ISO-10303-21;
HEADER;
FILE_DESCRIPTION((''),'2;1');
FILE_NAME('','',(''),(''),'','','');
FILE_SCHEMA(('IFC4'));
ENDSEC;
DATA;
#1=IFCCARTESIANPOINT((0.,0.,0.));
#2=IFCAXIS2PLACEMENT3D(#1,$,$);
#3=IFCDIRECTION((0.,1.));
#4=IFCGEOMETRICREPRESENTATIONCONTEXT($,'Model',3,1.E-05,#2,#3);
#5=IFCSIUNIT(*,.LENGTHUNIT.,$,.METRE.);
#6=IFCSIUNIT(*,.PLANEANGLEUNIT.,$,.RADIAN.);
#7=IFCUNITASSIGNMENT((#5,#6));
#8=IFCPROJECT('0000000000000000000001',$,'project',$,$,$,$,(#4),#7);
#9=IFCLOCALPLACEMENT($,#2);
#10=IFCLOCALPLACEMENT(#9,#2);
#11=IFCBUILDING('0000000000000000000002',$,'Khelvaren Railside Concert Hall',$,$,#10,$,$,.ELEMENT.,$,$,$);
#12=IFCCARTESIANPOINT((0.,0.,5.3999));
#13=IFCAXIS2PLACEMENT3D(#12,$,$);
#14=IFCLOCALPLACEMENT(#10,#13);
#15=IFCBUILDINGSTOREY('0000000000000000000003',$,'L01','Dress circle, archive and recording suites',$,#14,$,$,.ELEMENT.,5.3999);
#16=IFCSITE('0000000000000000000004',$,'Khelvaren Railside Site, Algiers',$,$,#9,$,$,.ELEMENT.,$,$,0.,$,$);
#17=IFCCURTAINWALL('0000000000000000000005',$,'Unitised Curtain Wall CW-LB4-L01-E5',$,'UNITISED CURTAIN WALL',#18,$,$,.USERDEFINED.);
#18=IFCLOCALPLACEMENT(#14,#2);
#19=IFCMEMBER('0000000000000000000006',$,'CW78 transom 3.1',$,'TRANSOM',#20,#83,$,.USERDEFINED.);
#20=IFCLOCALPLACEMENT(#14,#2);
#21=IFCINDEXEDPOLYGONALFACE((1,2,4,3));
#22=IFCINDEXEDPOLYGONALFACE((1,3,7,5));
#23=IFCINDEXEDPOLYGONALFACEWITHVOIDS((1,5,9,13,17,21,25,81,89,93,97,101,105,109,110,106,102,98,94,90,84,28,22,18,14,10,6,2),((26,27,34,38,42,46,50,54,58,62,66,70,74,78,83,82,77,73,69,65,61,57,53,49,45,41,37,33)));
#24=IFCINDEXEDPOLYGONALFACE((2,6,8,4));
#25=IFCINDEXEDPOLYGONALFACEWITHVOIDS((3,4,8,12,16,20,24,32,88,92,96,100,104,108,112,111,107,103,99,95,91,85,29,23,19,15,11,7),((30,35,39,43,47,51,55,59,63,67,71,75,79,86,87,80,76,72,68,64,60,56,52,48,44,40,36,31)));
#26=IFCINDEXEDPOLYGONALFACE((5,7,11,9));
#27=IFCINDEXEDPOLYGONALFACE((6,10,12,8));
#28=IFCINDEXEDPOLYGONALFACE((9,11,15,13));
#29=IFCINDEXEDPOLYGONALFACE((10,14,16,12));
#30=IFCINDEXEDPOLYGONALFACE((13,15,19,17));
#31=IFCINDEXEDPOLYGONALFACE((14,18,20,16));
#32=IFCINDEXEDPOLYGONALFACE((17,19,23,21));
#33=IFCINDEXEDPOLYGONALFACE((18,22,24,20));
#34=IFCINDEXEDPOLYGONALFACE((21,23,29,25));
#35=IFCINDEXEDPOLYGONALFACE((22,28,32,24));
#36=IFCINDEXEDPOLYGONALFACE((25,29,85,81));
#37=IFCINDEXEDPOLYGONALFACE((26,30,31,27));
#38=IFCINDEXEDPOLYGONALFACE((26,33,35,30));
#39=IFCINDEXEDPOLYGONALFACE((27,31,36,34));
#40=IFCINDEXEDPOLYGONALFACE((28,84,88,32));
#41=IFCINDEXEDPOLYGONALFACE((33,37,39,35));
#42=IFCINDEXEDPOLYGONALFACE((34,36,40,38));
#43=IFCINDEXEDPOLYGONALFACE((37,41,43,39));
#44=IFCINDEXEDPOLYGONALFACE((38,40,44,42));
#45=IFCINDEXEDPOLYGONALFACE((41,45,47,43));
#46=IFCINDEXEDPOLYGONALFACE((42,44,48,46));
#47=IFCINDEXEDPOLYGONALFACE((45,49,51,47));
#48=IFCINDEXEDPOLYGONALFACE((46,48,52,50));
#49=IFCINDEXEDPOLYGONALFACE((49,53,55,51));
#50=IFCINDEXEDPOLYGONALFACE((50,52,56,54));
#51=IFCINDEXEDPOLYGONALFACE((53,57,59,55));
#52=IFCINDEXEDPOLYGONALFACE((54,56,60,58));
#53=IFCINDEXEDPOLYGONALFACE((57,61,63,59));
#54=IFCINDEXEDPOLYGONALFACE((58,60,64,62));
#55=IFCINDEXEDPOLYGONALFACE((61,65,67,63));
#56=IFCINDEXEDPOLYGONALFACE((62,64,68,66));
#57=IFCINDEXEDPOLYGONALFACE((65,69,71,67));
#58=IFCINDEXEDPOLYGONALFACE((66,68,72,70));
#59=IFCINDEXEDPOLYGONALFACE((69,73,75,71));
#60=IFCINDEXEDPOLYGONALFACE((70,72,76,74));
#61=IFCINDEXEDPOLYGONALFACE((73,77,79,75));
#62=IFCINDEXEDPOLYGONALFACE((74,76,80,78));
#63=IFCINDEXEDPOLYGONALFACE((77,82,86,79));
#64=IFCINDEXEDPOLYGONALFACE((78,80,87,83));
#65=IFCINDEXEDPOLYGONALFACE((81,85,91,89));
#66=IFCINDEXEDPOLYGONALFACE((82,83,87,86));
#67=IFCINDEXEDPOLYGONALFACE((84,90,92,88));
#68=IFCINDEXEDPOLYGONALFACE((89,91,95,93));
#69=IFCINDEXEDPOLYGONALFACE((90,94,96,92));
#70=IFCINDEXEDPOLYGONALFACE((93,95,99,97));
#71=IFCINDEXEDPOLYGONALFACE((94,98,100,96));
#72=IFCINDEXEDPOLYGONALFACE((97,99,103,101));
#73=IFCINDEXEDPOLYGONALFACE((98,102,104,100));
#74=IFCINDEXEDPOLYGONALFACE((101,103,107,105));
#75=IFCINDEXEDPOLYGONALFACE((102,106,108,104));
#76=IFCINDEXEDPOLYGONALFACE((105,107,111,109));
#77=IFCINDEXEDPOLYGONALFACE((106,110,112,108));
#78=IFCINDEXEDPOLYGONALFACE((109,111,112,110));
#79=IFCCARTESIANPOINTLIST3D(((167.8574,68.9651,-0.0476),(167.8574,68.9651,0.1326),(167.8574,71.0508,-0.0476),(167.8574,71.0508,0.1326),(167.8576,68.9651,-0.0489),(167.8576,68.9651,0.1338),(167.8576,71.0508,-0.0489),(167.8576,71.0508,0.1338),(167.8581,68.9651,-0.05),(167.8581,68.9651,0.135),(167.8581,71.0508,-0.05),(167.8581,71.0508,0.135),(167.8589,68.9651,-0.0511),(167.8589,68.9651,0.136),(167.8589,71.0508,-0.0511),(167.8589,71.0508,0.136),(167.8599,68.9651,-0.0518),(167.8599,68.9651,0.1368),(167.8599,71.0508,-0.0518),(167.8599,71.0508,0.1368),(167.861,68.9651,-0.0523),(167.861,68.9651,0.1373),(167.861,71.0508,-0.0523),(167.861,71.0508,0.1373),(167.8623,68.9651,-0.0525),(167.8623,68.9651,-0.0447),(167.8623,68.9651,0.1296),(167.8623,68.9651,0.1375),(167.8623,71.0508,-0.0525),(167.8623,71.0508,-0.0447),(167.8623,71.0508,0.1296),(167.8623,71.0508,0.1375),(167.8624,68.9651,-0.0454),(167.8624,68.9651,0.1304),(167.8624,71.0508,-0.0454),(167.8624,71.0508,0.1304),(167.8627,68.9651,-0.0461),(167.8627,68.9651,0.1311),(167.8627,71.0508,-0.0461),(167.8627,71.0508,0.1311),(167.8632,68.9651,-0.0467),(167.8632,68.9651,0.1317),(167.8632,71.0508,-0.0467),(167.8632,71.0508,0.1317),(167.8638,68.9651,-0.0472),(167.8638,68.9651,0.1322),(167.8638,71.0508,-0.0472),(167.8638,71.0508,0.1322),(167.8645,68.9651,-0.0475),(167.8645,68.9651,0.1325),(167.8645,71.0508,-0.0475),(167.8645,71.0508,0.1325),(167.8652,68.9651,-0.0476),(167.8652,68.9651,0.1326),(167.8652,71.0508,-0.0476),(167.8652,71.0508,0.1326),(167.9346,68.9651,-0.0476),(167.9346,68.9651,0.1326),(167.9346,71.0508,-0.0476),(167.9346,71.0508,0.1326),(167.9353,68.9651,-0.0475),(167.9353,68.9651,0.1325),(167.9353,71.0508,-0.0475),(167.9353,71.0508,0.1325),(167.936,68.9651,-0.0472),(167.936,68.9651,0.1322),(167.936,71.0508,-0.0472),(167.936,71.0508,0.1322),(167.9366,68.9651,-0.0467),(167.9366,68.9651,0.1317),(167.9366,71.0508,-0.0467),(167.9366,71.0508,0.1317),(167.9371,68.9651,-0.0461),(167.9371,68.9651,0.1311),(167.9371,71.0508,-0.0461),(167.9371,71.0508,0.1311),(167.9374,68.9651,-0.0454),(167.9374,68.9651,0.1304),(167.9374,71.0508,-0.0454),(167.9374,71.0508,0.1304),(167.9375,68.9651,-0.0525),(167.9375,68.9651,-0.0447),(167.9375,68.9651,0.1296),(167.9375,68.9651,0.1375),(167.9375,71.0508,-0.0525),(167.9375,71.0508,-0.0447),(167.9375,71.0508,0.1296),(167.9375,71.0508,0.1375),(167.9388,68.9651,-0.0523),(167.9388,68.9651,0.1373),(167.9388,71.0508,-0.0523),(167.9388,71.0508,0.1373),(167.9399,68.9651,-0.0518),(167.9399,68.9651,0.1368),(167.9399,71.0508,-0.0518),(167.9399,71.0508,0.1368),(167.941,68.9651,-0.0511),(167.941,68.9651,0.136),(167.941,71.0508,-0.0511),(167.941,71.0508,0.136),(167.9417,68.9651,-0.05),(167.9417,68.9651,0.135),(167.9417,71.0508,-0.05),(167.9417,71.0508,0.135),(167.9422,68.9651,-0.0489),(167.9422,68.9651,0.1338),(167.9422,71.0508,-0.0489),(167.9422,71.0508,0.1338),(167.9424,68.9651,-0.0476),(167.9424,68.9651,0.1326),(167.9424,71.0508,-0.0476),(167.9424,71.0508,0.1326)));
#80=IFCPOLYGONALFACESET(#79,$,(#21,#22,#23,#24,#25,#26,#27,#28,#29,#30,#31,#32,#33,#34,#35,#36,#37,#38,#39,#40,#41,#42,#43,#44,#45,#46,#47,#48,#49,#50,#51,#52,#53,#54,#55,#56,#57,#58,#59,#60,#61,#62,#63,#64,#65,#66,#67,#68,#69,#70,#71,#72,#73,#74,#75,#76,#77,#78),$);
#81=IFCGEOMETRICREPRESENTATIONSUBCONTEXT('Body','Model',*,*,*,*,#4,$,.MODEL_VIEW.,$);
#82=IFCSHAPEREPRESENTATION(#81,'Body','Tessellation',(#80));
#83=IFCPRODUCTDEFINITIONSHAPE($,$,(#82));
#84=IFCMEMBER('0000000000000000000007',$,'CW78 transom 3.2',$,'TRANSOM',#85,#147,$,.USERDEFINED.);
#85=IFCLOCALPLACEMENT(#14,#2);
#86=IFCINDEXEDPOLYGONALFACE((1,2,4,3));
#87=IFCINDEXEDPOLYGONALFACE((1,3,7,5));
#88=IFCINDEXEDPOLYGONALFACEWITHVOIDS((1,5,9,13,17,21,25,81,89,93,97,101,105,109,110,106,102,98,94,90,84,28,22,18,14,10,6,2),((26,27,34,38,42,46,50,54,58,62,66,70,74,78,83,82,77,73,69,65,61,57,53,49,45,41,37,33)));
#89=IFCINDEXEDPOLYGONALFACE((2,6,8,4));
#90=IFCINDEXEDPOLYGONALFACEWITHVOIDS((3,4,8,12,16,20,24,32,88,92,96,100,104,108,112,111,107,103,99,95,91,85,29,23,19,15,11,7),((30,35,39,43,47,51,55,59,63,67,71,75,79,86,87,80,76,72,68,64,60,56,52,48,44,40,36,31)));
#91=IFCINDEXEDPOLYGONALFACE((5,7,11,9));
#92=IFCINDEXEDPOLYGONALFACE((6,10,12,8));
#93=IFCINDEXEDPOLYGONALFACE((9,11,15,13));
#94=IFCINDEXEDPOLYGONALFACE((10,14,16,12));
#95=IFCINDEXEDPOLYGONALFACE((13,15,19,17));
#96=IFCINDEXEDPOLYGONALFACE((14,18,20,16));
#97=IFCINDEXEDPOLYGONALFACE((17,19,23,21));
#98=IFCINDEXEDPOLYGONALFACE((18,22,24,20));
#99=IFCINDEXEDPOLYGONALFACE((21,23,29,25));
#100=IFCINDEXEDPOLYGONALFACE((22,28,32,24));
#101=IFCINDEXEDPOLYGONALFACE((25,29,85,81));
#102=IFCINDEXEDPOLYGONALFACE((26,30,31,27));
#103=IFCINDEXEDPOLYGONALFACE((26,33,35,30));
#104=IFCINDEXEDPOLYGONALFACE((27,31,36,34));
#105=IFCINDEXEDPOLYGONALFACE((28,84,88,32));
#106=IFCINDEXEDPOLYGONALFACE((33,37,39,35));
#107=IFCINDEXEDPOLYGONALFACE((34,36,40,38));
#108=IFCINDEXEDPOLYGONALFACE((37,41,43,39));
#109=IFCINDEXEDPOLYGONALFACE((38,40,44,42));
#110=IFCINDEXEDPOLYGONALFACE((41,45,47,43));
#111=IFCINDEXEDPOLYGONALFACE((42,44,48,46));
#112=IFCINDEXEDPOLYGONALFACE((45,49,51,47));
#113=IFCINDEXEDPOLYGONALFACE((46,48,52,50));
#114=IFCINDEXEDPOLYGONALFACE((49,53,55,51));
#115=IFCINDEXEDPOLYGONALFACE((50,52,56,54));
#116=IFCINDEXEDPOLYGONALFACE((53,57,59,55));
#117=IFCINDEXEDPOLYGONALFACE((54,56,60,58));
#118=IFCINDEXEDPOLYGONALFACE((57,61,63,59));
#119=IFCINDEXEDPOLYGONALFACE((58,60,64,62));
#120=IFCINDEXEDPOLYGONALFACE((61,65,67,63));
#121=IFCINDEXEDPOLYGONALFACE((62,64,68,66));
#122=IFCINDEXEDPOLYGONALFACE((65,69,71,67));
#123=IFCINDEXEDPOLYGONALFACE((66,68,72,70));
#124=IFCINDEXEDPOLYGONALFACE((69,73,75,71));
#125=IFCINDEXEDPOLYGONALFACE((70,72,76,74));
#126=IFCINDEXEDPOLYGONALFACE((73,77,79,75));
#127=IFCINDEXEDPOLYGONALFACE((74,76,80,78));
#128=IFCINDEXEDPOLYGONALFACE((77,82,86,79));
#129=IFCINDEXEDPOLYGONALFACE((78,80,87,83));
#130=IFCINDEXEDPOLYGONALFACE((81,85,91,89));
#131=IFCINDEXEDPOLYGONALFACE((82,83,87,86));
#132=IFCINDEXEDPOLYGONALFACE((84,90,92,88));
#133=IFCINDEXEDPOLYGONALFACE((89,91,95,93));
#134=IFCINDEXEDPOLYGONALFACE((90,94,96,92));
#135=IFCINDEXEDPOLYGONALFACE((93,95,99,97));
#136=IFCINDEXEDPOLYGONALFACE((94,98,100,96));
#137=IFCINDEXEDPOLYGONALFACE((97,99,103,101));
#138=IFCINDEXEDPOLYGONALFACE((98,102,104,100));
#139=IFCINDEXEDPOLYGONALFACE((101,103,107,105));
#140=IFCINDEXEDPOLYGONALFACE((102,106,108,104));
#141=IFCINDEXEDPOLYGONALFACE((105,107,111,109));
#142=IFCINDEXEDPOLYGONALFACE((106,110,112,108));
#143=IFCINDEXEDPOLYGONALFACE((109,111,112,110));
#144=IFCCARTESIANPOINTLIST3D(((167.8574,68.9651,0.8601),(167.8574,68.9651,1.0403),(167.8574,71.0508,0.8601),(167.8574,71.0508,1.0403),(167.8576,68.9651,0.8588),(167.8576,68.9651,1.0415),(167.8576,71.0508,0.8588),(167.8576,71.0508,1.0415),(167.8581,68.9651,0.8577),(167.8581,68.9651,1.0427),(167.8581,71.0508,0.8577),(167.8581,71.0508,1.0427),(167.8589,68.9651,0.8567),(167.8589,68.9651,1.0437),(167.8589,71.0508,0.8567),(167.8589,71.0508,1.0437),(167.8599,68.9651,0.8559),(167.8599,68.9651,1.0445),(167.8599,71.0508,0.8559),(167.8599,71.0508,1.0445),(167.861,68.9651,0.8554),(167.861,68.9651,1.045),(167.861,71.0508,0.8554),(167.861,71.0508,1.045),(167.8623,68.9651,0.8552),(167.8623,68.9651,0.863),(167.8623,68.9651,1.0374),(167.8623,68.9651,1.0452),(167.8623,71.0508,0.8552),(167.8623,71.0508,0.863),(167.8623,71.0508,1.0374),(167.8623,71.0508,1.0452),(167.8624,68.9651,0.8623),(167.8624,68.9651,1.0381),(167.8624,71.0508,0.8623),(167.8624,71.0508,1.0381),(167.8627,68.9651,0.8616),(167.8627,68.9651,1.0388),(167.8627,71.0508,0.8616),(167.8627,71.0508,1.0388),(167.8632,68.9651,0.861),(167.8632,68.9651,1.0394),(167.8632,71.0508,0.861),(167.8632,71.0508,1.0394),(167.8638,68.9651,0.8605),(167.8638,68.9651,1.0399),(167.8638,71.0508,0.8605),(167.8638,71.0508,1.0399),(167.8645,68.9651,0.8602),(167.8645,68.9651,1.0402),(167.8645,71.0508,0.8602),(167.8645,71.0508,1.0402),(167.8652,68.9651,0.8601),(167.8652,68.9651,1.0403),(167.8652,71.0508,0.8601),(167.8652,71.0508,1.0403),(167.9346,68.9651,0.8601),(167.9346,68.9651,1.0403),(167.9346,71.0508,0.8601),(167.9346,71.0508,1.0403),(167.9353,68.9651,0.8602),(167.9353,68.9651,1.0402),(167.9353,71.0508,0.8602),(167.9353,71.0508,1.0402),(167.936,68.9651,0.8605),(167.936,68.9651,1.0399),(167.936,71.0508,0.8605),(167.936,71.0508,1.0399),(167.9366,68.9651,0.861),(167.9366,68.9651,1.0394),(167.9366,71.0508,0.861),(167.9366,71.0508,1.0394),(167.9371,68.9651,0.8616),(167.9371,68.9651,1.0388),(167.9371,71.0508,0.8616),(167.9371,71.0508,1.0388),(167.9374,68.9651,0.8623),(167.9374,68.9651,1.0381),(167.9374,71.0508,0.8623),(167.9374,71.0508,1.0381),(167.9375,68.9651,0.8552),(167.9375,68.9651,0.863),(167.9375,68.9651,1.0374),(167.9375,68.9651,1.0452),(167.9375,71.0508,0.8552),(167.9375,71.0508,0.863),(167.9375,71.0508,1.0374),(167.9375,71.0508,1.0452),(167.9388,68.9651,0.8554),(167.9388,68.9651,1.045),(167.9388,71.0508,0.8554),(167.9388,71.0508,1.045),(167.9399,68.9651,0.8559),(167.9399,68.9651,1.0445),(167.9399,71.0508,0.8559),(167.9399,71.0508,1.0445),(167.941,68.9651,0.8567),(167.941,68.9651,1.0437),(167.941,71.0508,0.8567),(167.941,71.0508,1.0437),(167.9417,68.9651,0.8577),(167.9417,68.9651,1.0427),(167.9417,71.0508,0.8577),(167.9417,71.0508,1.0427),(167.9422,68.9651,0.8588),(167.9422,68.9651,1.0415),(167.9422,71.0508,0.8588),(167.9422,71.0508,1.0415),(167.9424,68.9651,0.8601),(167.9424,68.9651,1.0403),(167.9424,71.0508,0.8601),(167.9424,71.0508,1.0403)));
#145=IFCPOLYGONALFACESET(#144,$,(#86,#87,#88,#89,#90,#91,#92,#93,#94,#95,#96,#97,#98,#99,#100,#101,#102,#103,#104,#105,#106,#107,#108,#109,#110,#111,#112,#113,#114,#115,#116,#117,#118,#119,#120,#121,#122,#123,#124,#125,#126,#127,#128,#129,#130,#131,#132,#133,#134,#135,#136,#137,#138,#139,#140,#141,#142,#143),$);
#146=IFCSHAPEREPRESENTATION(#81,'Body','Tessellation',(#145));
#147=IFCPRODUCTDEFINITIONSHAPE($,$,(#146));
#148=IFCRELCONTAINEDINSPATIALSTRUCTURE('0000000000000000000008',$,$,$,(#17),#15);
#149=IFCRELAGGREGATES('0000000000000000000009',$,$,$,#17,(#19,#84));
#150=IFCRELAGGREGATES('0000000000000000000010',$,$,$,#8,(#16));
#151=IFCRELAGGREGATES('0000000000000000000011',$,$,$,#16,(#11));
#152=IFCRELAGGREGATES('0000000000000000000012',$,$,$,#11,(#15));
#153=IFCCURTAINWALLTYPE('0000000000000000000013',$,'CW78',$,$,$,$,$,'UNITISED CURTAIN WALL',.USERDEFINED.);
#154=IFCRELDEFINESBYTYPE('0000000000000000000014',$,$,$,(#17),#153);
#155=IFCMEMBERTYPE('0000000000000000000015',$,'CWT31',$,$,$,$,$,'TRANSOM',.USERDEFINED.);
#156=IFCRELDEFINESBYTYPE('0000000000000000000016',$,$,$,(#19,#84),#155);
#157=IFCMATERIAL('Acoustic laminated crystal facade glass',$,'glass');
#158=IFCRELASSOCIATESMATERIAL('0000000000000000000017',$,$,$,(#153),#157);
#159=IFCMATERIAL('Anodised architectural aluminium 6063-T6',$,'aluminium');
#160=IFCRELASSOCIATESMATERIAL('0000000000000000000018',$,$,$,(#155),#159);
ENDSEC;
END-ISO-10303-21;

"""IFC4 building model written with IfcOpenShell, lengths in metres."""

from ifc_helpers import new_model, si_unit, direction, frame, origin, origin_2d, place, context, subcontext, project, spatial, hollow_rectangle, extrude, material, material_profile, profile_set, type_object, element, aggregate, save


model = new_model("IFC4")

# Units and contexts
model_context = context("Model", 3, precision=1e-05, world=origin(), true_north=direction((0.0, 1.0)))
body_context = subcontext(model_context, "Body", "Model", "MODEL_VIEW")
ifc_project = project(units=[si_unit("LENGTHUNIT", "METRE"), si_unit("PLANEANGLEUNIT", "RADIAN")], contexts=[model_context])

# Site, building, storey
site_placement = place(None, origin())
site = spatial("IfcSite", under=ifc_project, at=site_placement, Name="Khelvaren Railside Site, Algiers", CompositionType="ELEMENT", RefElevation=0.0)
building_placement = place(site_placement, origin())
building = spatial("IfcBuilding", under=site, at=building_placement, Name="Khelvaren Railside Concert Hall", CompositionType="ELEMENT")
storey_placement = place(building_placement, frame((0.0, 0.0, 5.3999)))
storey = spatial("IfcBuildingStorey", under=building, at=storey_placement, Name="L01", Description="Dress circle, archive and recording suites", CompositionType="ELEMENT", Elevation=5.3999)

# Shared definitions
ifc_material_1 = material(Name="Acoustic laminated crystal facade glass", Category="glass")
curtain_wall_type = type_object("IfcCurtainWallType", Name="CW78", ElementType="UNITISED CURTAIN WALL", PredefinedType="USERDEFINED", material=ifc_material_1)
ifc_material_2 = material(Name="Anodised architectural aluminium 6063-T6", Category="aluminium")

# Curtain wall, members
curtain_wall_1_placement = place(storey_placement, origin())
curtain_wall_1 = element("IfcCurtainWall", 1, at=curtain_wall_1_placement, inside=storey, type_object=curtain_wall_type, Name="Unitised Curtain Wall CW-LB4-L01-E5", ObjectType="UNITISED CURTAIN WALL", PredefinedType="USERDEFINED")
ifc_material_profile_1 = material_profile(ifc_material_2, hollow_rectangle(XDim=0.085, YDim=0.1899, WallThickness=0.0049, InnerFilletRadius=0.0029, OuterFilletRadius=0.0049, at=origin_2d()), Name="CWT 85x190x5")
ifc_profile_set_1 = profile_set([ifc_material_profile_1], Name="Anodised architectural aluminium 6063-T6")
member_type_1 = type_object("IfcMemberType", Name="CWT31", ElementType="TRANSOM", PredefinedType="USERDEFINED", material=ifc_profile_set_1)
member_1_placement = place(storey_placement, frame((167.8999, 71.0508, 0.0425), z_axis=(0.0, -1.0, 0.0), x_axis=(1.0, 0.0, 0.0)))
member_1 = element("IfcMember", 2, at=member_1_placement, type_object=member_type_1, Name="CW78 transom 3.1", ObjectType="TRANSOM", PredefinedType="USERDEFINED", context=body_context, shape_type="SweptSolid", body=[
    extrude(hollow_rectangle(XDim=0.085, YDim=0.1899, WallThickness=0.0049, InnerFilletRadius=0.0029, OuterFilletRadius=0.0049, at=origin_2d()), origin(), (0.0, 0.0, 1.0), 2.0857),
])
member_2_placement = place(storey_placement, frame((167.8999, 71.0508, 0.9502), z_axis=(0.0, -1.0, 0.0), x_axis=(1.0, 0.0, 0.0)))
member_2 = element("IfcMember", 3, at=member_2_placement, type_object=member_type_1, Name="CW78 transom 3.2", ObjectType="TRANSOM", PredefinedType="USERDEFINED", context=body_context, shape_type="SweptSolid", body=[
    extrude(hollow_rectangle(XDim=0.085, YDim=0.1899, WallThickness=0.0049, InnerFilletRadius=0.0029, OuterFilletRadius=0.0049, at=origin_2d()), origin(), (0.0, 0.0, 1.0), 2.0857),
])

aggregate(curtain_wall_1, [member_1, member_2])

save(model, "model.ifc")
